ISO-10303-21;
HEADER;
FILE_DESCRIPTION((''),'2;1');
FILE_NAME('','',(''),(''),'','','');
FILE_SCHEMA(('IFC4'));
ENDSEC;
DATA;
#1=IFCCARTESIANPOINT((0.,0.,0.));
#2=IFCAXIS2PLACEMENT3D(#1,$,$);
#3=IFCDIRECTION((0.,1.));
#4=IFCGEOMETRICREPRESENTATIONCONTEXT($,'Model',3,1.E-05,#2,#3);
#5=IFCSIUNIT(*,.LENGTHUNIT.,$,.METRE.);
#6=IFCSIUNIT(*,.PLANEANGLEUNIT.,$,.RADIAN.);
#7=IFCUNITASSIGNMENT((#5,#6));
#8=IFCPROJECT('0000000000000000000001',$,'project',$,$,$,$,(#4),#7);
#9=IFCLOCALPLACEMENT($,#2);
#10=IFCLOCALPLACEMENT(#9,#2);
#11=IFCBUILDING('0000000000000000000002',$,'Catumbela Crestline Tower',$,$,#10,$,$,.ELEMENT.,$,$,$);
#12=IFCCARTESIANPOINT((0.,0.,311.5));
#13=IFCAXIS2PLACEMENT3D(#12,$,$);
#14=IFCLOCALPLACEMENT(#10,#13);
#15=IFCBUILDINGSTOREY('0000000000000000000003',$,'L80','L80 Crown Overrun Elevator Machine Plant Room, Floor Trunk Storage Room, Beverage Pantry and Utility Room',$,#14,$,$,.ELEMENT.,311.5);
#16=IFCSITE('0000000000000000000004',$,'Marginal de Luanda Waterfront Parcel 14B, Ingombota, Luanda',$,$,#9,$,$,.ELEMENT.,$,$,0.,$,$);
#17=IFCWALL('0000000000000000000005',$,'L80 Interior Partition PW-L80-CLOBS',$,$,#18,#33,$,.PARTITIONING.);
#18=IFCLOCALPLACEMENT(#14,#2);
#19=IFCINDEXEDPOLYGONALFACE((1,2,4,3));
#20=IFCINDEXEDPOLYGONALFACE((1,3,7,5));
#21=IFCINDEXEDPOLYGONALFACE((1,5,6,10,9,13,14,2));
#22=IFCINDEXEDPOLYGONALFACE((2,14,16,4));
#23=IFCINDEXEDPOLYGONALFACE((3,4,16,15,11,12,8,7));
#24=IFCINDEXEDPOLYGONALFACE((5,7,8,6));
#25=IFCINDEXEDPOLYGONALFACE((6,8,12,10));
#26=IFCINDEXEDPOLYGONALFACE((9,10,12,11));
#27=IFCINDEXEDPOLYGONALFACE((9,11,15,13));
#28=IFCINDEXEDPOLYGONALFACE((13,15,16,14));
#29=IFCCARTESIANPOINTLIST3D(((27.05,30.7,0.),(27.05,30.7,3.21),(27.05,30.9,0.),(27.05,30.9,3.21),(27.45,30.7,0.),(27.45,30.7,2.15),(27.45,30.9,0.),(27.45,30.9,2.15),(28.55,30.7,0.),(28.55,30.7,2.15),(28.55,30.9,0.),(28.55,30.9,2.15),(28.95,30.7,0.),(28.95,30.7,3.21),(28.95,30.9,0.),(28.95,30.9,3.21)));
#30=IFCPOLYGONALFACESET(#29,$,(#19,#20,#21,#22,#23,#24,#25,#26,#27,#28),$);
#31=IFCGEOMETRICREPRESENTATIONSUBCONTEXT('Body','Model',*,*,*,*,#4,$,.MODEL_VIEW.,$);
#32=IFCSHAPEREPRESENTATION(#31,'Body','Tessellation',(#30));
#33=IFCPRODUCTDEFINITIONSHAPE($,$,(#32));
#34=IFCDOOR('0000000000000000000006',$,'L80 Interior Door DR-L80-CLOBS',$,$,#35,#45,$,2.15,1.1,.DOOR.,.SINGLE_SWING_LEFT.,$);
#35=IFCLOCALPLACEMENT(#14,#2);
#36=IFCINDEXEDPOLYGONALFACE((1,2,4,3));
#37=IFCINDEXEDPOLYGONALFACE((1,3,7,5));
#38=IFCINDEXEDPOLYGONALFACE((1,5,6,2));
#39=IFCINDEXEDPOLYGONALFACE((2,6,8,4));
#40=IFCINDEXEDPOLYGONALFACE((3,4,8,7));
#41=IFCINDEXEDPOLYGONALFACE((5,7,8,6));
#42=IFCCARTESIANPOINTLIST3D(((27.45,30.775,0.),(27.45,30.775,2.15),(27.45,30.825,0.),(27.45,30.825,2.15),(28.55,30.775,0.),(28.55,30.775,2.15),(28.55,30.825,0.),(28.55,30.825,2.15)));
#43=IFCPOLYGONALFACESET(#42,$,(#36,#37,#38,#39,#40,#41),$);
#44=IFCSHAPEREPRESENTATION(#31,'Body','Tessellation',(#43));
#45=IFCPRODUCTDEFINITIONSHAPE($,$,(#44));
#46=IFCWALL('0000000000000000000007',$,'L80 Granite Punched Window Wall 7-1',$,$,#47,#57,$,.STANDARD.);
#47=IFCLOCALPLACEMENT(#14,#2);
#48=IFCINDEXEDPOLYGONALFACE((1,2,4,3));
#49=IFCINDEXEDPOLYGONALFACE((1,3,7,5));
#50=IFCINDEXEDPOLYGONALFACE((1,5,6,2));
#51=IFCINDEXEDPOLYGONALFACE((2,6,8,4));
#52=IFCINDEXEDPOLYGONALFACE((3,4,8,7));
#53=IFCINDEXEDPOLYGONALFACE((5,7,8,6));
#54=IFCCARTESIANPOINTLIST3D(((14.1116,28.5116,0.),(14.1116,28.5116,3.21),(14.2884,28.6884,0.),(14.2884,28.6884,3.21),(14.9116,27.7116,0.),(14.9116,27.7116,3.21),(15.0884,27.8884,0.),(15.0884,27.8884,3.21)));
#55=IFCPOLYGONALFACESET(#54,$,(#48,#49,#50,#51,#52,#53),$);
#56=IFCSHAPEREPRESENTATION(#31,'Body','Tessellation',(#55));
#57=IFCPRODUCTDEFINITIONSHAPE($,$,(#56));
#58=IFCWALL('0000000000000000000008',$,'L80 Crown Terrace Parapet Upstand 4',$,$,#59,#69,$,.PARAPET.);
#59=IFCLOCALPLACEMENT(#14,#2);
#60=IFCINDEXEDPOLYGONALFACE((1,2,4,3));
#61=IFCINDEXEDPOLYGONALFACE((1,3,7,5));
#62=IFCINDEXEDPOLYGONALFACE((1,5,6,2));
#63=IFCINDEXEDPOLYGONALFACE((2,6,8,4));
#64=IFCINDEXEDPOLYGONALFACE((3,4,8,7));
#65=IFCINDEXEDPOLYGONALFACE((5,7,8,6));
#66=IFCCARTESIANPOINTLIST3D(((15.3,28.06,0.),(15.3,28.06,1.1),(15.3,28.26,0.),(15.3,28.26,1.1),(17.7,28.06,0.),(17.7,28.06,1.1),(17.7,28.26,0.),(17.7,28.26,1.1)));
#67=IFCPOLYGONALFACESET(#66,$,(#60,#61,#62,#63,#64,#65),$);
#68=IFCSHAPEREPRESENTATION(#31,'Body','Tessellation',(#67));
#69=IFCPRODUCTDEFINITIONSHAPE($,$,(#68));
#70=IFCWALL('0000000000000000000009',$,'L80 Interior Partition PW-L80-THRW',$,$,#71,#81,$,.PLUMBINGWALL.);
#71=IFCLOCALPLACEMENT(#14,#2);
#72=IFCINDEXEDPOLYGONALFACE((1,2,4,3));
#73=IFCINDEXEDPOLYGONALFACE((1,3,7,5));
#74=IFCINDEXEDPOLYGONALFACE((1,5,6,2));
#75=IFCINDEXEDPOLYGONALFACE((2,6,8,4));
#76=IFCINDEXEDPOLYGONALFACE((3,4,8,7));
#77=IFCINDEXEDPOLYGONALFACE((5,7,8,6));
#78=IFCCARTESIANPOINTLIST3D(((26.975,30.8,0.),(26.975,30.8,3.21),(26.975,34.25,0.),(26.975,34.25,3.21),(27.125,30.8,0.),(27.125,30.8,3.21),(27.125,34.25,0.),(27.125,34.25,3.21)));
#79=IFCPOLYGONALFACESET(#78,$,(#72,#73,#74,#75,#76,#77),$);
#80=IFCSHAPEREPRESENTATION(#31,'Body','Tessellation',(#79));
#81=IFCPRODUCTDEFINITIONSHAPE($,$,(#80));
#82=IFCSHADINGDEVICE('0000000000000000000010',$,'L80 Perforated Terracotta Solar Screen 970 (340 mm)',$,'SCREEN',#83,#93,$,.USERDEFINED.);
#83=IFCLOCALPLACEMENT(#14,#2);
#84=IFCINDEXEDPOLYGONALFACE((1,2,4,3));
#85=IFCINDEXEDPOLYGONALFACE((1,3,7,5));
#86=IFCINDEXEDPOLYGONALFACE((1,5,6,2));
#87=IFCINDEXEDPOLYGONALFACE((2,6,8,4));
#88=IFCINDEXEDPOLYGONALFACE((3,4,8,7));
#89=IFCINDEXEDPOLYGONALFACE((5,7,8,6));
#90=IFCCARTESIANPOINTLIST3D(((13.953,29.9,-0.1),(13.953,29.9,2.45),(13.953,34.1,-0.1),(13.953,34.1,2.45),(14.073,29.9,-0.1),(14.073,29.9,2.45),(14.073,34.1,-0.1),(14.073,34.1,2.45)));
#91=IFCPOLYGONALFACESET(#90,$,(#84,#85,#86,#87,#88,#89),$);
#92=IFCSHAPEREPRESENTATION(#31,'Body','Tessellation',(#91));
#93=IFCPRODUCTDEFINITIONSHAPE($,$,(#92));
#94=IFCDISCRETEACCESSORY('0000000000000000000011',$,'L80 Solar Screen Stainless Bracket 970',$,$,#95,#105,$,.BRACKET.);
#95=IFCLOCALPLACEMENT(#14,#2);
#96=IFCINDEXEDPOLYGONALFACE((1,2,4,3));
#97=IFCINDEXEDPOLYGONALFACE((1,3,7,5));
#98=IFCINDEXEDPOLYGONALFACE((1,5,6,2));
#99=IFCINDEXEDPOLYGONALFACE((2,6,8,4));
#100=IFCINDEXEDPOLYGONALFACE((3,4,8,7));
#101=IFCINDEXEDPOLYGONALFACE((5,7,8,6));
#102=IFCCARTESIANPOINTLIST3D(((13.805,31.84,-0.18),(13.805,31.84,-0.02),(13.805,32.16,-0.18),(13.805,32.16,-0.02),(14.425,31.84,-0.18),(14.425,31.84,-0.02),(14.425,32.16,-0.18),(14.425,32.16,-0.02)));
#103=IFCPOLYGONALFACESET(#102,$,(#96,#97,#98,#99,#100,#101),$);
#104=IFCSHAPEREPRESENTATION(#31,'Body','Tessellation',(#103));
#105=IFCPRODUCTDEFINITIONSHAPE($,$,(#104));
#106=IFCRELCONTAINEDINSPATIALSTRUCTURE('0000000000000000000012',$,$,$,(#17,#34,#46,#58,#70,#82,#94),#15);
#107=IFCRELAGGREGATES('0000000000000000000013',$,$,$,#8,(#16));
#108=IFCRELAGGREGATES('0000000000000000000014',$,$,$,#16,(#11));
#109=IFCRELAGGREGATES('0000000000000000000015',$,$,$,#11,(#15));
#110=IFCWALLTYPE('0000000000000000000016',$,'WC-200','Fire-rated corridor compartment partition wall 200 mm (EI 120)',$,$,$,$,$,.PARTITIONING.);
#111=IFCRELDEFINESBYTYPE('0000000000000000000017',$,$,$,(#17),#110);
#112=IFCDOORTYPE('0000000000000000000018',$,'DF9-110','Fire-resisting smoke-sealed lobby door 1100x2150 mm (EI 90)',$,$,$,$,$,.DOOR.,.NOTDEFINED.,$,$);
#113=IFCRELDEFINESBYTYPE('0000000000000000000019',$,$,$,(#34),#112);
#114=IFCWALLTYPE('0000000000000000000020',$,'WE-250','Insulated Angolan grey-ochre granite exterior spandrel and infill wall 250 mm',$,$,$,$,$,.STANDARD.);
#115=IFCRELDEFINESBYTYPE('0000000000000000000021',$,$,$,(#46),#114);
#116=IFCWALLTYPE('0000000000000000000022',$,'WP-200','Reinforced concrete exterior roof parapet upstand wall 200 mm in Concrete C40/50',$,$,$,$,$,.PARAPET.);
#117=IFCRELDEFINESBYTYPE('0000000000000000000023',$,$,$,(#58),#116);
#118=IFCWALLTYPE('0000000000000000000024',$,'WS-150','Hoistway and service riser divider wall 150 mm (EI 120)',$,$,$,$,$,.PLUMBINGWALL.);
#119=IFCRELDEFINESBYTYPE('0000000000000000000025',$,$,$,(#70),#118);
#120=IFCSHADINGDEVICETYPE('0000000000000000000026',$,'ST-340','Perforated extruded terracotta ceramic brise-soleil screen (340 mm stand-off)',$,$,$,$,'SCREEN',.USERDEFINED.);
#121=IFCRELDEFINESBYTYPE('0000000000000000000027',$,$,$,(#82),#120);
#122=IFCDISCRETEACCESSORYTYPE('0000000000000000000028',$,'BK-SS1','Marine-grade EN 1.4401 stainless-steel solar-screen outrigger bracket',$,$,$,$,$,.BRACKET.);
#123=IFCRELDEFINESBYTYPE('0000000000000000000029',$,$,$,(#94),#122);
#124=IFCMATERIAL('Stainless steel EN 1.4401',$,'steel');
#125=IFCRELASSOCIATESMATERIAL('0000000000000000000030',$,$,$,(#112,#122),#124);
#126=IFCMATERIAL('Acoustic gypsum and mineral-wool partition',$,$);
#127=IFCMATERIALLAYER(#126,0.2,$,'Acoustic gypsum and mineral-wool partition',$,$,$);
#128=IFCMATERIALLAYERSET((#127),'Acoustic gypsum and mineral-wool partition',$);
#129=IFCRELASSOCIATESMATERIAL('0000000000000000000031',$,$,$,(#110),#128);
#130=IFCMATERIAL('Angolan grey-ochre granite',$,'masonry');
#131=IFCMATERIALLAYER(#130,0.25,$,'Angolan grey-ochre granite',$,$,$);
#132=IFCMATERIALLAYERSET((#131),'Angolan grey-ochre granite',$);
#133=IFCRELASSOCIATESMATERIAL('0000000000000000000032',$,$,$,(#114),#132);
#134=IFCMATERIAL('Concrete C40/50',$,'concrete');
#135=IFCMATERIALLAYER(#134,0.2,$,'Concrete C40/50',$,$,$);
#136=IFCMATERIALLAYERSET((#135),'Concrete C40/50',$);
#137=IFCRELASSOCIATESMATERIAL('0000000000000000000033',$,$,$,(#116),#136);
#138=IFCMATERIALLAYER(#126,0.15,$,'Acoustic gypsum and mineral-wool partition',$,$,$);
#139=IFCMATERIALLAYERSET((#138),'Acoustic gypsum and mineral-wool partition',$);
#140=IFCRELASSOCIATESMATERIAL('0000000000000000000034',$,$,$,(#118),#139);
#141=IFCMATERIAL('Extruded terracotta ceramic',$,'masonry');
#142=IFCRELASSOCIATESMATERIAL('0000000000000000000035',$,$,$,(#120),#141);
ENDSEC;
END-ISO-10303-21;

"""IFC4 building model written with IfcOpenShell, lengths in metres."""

from ifc_helpers import new_model, si_unit, direction, frame, frame_2d, origin, origin_2d, place, context, subcontext, project, spatial, rectangle, extrude, material, layer, layer_set, type_object, element, fill, save


model = new_model("IFC4")

# Units and contexts
model_context = context("Model", 3, precision=1e-05, world=origin(), true_north=direction((0.0, 1.0)))
body_context = subcontext(model_context, "Body", "Model", "MODEL_VIEW")
ifc_project = project(units=[si_unit("LENGTHUNIT", "METRE"), si_unit("PLANEANGLEUNIT", "RADIAN")], contexts=[model_context])

# Site, building, storey
site_placement = place(None, origin())
site = spatial("IfcSite", under=ifc_project, at=site_placement, Name="Marginal de Luanda Waterfront Parcel 14B, Ingombota, Luanda", CompositionType="ELEMENT", RefElevation=0.0)
building_placement = place(site_placement, origin())
building = spatial("IfcBuilding", under=site, at=building_placement, Name="Catumbela Crestline Tower", CompositionType="ELEMENT")
storey_placement = place(building_placement, frame((0.0, 0.0, 311.5)))
storey = spatial("IfcBuildingStorey", under=building, at=storey_placement, Name="L80", Description="L80 Crown Overrun Elevator Machine Plant Room, Floor Trunk Storage Room, Beverage Pantry and Utility Room", CompositionType="ELEMENT", Elevation=311.5)

# Wall, opening, door
ifc_material_1 = material(Name="Stainless steel EN 1.4401", Category="steel")
door_type = type_object("IfcDoorType", Name="DF9-110", Description="Fire-resisting smoke-sealed lobby door 1100x2150 mm (EI 90)", OperationType="NOTDEFINED", PredefinedType="DOOR", material=ifc_material_1)
ifc_material_2 = material(Name="Acoustic gypsum and mineral-wool partition")
ifc_layer_1 = layer(ifc_material_2, 0.2, Name="Acoustic gypsum and mineral-wool partition")
ifc_layer_set_1 = layer_set([ifc_layer_1], Name="Acoustic gypsum and mineral-wool partition")
wall_type_1 = type_object("IfcWallType", Name="WC-200", Description="Fire-rated corridor compartment partition wall 200 mm (EI 120)", PredefinedType="PARTITIONING", material=ifc_layer_set_1)
wall_1_placement = place(storey_placement, frame((27.05, 30.8, 0.0), z_axis=(0.0, 0.0, 1.0), x_axis=(1.0, 0.0, 0.0)))
wall_1 = element("IfcWall", 1, at=wall_1_placement, inside=storey, type_object=wall_type_1, Name="L80 Interior Partition PW-L80-CLOBS", PredefinedType="PARTITIONING", context=body_context, shape_type="SweptSolid", body=[
    extrude(rectangle(XDim=1.9, YDim=0.2, at=frame_2d((0.95, 0.0))), origin(), (0.0, 0.0, 1.0), 3.21),
])
opening_1_placement = place(wall_1_placement, frame((0.4, 0.0, 0.0)))
opening_1 = element("IfcOpeningElement", 2, at=opening_1_placement, cuts=wall_1, PredefinedType="OPENING", context=body_context, shape_type="SweptSolid", body=[
    extrude(rectangle(XDim=1.1, YDim=2.15, at=frame_2d((0.55, 1.075))), frame((0.0, 0.11, 0.0), z_axis=(0.0, -1.0, 0.0), x_axis=(1.0, 0.0, 0.0)), (0.0, 0.0, 1.0), 0.22),
])
door_1_placement = place(opening_1_placement, origin())
door_1 = element("IfcDoor", 3, at=door_1_placement, inside=storey, type_object=door_type, Name="L80 Interior Door DR-L80-CLOBS", OperationType="SINGLE_SWING_LEFT", OverallHeight=2.15, OverallWidth=1.1, PredefinedType="DOOR", context=body_context, shape_type="SweptSolid", body=[
    extrude(rectangle(XDim=1.1, YDim=2.15, at=frame_2d((0.55, 1.075))), frame((0.0, 0.025, 0.0), z_axis=(0.0, -1.0, 0.0), x_axis=(1.0, 0.0, 0.0)), (0.0, 0.0, 1.0), 0.05),
])
fill(opening_1, door_1)

# Walls
ifc_material_3 = material(Name="Angolan grey-ochre granite", Category="masonry")
ifc_layer_2 = layer(ifc_material_3, 0.25, Name="Angolan grey-ochre granite")
ifc_layer_set_2 = layer_set([ifc_layer_2], Name="Angolan grey-ochre granite")
wall_type_2 = type_object("IfcWallType", Name="WE-250", Description="Insulated Angolan grey-ochre granite exterior spandrel and infill wall 250 mm", PredefinedType="STANDARD", material=ifc_layer_set_2)
wall_2_placement = place(storey_placement, frame((14.2, 28.6, 0.0), z_axis=(0.0, 0.0, 1.0), x_axis=(0.707107, -0.707107, 0.0)))
element("IfcWall", 4, at=wall_2_placement, inside=storey, type_object=wall_type_2, Name="L80 Granite Punched Window Wall 7-1", PredefinedType="STANDARD", context=body_context, shape_type="SweptSolid", body=[
    extrude(rectangle(XDim=1.1314, YDim=0.25, at=frame_2d((0.5657, 0.0))), origin(), (0.0, 0.0, 1.0), 3.21),
])
ifc_material_4 = material(Name="Concrete C40/50", Category="concrete")
ifc_layer_3 = layer(ifc_material_4, 0.2, Name="Concrete C40/50")
ifc_layer_set_3 = layer_set([ifc_layer_3], Name="Concrete C40/50")
wall_type_3 = type_object("IfcWallType", Name="WP-200", Description="Reinforced concrete exterior roof parapet upstand wall 200 mm in Concrete C40/50", PredefinedType="PARAPET", material=ifc_layer_set_3)
wall_3_placement = place(storey_placement, frame((15.3, 28.16, 0.0), z_axis=(0.0, 0.0, 1.0), x_axis=(1.0, 0.0, 0.0)))
element("IfcWall", 5, at=wall_3_placement, inside=storey, type_object=wall_type_3, Name="L80 Crown Terrace Parapet Upstand 4", PredefinedType="PARAPET", context=body_context, shape_type="SweptSolid", body=[
    extrude(rectangle(XDim=2.4, YDim=0.2, at=frame_2d((1.2, 0.0))), origin(), (0.0, 0.0, 1.0), 1.1),
])
ifc_layer_4 = layer(ifc_material_2, 0.15, Name="Acoustic gypsum and mineral-wool partition")
ifc_layer_set_4 = layer_set([ifc_layer_4], Name="Acoustic gypsum and mineral-wool partition")
wall_type_4 = type_object("IfcWallType", Name="WS-150", Description="Hoistway and service riser divider wall 150 mm (EI 120)", PredefinedType="PLUMBINGWALL", material=ifc_layer_set_4)
wall_4_placement = place(storey_placement, frame((27.05, 30.8, 0.0), z_axis=(0.0, 0.0, 1.0), x_axis=(0.0, 1.0, 0.0)))
element("IfcWall", 6, at=wall_4_placement, inside=storey, type_object=wall_type_4, Name="L80 Interior Partition PW-L80-THRW", PredefinedType="PLUMBINGWALL", context=body_context, shape_type="SweptSolid", body=[
    extrude(rectangle(XDim=3.45, YDim=0.15, at=frame_2d((1.725, 0.0))), origin(), (0.0, 0.0, 1.0), 3.21),
])

# Shading device
ifc_material_5 = material(Name="Extruded terracotta ceramic", Category="masonry")
shading_device_type = type_object("IfcShadingDeviceType", Name="ST-340", Description="Perforated extruded terracotta ceramic brise-soleil screen (340 mm stand-off)", ElementType="SCREEN", PredefinedType="USERDEFINED", material=ifc_material_5)
shading_device_placement = place(storey_placement, frame((14.013, 32.0, -0.1), z_axis=(0.0, 0.0, 1.0), x_axis=(0.0, -1.0, 0.0)))
element("IfcShadingDevice", 7, at=shading_device_placement, inside=storey, type_object=shading_device_type, Name="L80 Perforated Terracotta Solar Screen 970 (340 mm)", ObjectType="SCREEN", PredefinedType="USERDEFINED", context=body_context, shape_type="SweptSolid", body=[
    extrude(rectangle(XDim=4.2, YDim=0.12, at=origin_2d()), origin(), (0.0, 0.0, 1.0), 2.55),
])

# Discrete accessory
discrete_accessory_type = type_object("IfcDiscreteAccessoryType", Name="BK-SS1", Description="Marine-grade EN 1.4401 stainless-steel solar-screen outrigger bracket", PredefinedType="BRACKET", material=ifc_material_1)
discrete_accessory_placement = place(storey_placement, frame((14.115, 32.0, -0.18), z_axis=(0.0, 0.0, 1.0), x_axis=(0.0, -1.0, 0.0)))
element("IfcDiscreteAccessory", 8, at=discrete_accessory_placement, inside=storey, type_object=discrete_accessory_type, Name="L80 Solar Screen Stainless Bracket 970", PredefinedType="BRACKET", context=body_context, shape_type="SweptSolid", body=[
    extrude(rectangle(XDim=0.32, YDim=0.62, at=origin_2d()), origin(), (0.0, 0.0, 1.0), 0.16),
])

save(model, "model.ifc")
